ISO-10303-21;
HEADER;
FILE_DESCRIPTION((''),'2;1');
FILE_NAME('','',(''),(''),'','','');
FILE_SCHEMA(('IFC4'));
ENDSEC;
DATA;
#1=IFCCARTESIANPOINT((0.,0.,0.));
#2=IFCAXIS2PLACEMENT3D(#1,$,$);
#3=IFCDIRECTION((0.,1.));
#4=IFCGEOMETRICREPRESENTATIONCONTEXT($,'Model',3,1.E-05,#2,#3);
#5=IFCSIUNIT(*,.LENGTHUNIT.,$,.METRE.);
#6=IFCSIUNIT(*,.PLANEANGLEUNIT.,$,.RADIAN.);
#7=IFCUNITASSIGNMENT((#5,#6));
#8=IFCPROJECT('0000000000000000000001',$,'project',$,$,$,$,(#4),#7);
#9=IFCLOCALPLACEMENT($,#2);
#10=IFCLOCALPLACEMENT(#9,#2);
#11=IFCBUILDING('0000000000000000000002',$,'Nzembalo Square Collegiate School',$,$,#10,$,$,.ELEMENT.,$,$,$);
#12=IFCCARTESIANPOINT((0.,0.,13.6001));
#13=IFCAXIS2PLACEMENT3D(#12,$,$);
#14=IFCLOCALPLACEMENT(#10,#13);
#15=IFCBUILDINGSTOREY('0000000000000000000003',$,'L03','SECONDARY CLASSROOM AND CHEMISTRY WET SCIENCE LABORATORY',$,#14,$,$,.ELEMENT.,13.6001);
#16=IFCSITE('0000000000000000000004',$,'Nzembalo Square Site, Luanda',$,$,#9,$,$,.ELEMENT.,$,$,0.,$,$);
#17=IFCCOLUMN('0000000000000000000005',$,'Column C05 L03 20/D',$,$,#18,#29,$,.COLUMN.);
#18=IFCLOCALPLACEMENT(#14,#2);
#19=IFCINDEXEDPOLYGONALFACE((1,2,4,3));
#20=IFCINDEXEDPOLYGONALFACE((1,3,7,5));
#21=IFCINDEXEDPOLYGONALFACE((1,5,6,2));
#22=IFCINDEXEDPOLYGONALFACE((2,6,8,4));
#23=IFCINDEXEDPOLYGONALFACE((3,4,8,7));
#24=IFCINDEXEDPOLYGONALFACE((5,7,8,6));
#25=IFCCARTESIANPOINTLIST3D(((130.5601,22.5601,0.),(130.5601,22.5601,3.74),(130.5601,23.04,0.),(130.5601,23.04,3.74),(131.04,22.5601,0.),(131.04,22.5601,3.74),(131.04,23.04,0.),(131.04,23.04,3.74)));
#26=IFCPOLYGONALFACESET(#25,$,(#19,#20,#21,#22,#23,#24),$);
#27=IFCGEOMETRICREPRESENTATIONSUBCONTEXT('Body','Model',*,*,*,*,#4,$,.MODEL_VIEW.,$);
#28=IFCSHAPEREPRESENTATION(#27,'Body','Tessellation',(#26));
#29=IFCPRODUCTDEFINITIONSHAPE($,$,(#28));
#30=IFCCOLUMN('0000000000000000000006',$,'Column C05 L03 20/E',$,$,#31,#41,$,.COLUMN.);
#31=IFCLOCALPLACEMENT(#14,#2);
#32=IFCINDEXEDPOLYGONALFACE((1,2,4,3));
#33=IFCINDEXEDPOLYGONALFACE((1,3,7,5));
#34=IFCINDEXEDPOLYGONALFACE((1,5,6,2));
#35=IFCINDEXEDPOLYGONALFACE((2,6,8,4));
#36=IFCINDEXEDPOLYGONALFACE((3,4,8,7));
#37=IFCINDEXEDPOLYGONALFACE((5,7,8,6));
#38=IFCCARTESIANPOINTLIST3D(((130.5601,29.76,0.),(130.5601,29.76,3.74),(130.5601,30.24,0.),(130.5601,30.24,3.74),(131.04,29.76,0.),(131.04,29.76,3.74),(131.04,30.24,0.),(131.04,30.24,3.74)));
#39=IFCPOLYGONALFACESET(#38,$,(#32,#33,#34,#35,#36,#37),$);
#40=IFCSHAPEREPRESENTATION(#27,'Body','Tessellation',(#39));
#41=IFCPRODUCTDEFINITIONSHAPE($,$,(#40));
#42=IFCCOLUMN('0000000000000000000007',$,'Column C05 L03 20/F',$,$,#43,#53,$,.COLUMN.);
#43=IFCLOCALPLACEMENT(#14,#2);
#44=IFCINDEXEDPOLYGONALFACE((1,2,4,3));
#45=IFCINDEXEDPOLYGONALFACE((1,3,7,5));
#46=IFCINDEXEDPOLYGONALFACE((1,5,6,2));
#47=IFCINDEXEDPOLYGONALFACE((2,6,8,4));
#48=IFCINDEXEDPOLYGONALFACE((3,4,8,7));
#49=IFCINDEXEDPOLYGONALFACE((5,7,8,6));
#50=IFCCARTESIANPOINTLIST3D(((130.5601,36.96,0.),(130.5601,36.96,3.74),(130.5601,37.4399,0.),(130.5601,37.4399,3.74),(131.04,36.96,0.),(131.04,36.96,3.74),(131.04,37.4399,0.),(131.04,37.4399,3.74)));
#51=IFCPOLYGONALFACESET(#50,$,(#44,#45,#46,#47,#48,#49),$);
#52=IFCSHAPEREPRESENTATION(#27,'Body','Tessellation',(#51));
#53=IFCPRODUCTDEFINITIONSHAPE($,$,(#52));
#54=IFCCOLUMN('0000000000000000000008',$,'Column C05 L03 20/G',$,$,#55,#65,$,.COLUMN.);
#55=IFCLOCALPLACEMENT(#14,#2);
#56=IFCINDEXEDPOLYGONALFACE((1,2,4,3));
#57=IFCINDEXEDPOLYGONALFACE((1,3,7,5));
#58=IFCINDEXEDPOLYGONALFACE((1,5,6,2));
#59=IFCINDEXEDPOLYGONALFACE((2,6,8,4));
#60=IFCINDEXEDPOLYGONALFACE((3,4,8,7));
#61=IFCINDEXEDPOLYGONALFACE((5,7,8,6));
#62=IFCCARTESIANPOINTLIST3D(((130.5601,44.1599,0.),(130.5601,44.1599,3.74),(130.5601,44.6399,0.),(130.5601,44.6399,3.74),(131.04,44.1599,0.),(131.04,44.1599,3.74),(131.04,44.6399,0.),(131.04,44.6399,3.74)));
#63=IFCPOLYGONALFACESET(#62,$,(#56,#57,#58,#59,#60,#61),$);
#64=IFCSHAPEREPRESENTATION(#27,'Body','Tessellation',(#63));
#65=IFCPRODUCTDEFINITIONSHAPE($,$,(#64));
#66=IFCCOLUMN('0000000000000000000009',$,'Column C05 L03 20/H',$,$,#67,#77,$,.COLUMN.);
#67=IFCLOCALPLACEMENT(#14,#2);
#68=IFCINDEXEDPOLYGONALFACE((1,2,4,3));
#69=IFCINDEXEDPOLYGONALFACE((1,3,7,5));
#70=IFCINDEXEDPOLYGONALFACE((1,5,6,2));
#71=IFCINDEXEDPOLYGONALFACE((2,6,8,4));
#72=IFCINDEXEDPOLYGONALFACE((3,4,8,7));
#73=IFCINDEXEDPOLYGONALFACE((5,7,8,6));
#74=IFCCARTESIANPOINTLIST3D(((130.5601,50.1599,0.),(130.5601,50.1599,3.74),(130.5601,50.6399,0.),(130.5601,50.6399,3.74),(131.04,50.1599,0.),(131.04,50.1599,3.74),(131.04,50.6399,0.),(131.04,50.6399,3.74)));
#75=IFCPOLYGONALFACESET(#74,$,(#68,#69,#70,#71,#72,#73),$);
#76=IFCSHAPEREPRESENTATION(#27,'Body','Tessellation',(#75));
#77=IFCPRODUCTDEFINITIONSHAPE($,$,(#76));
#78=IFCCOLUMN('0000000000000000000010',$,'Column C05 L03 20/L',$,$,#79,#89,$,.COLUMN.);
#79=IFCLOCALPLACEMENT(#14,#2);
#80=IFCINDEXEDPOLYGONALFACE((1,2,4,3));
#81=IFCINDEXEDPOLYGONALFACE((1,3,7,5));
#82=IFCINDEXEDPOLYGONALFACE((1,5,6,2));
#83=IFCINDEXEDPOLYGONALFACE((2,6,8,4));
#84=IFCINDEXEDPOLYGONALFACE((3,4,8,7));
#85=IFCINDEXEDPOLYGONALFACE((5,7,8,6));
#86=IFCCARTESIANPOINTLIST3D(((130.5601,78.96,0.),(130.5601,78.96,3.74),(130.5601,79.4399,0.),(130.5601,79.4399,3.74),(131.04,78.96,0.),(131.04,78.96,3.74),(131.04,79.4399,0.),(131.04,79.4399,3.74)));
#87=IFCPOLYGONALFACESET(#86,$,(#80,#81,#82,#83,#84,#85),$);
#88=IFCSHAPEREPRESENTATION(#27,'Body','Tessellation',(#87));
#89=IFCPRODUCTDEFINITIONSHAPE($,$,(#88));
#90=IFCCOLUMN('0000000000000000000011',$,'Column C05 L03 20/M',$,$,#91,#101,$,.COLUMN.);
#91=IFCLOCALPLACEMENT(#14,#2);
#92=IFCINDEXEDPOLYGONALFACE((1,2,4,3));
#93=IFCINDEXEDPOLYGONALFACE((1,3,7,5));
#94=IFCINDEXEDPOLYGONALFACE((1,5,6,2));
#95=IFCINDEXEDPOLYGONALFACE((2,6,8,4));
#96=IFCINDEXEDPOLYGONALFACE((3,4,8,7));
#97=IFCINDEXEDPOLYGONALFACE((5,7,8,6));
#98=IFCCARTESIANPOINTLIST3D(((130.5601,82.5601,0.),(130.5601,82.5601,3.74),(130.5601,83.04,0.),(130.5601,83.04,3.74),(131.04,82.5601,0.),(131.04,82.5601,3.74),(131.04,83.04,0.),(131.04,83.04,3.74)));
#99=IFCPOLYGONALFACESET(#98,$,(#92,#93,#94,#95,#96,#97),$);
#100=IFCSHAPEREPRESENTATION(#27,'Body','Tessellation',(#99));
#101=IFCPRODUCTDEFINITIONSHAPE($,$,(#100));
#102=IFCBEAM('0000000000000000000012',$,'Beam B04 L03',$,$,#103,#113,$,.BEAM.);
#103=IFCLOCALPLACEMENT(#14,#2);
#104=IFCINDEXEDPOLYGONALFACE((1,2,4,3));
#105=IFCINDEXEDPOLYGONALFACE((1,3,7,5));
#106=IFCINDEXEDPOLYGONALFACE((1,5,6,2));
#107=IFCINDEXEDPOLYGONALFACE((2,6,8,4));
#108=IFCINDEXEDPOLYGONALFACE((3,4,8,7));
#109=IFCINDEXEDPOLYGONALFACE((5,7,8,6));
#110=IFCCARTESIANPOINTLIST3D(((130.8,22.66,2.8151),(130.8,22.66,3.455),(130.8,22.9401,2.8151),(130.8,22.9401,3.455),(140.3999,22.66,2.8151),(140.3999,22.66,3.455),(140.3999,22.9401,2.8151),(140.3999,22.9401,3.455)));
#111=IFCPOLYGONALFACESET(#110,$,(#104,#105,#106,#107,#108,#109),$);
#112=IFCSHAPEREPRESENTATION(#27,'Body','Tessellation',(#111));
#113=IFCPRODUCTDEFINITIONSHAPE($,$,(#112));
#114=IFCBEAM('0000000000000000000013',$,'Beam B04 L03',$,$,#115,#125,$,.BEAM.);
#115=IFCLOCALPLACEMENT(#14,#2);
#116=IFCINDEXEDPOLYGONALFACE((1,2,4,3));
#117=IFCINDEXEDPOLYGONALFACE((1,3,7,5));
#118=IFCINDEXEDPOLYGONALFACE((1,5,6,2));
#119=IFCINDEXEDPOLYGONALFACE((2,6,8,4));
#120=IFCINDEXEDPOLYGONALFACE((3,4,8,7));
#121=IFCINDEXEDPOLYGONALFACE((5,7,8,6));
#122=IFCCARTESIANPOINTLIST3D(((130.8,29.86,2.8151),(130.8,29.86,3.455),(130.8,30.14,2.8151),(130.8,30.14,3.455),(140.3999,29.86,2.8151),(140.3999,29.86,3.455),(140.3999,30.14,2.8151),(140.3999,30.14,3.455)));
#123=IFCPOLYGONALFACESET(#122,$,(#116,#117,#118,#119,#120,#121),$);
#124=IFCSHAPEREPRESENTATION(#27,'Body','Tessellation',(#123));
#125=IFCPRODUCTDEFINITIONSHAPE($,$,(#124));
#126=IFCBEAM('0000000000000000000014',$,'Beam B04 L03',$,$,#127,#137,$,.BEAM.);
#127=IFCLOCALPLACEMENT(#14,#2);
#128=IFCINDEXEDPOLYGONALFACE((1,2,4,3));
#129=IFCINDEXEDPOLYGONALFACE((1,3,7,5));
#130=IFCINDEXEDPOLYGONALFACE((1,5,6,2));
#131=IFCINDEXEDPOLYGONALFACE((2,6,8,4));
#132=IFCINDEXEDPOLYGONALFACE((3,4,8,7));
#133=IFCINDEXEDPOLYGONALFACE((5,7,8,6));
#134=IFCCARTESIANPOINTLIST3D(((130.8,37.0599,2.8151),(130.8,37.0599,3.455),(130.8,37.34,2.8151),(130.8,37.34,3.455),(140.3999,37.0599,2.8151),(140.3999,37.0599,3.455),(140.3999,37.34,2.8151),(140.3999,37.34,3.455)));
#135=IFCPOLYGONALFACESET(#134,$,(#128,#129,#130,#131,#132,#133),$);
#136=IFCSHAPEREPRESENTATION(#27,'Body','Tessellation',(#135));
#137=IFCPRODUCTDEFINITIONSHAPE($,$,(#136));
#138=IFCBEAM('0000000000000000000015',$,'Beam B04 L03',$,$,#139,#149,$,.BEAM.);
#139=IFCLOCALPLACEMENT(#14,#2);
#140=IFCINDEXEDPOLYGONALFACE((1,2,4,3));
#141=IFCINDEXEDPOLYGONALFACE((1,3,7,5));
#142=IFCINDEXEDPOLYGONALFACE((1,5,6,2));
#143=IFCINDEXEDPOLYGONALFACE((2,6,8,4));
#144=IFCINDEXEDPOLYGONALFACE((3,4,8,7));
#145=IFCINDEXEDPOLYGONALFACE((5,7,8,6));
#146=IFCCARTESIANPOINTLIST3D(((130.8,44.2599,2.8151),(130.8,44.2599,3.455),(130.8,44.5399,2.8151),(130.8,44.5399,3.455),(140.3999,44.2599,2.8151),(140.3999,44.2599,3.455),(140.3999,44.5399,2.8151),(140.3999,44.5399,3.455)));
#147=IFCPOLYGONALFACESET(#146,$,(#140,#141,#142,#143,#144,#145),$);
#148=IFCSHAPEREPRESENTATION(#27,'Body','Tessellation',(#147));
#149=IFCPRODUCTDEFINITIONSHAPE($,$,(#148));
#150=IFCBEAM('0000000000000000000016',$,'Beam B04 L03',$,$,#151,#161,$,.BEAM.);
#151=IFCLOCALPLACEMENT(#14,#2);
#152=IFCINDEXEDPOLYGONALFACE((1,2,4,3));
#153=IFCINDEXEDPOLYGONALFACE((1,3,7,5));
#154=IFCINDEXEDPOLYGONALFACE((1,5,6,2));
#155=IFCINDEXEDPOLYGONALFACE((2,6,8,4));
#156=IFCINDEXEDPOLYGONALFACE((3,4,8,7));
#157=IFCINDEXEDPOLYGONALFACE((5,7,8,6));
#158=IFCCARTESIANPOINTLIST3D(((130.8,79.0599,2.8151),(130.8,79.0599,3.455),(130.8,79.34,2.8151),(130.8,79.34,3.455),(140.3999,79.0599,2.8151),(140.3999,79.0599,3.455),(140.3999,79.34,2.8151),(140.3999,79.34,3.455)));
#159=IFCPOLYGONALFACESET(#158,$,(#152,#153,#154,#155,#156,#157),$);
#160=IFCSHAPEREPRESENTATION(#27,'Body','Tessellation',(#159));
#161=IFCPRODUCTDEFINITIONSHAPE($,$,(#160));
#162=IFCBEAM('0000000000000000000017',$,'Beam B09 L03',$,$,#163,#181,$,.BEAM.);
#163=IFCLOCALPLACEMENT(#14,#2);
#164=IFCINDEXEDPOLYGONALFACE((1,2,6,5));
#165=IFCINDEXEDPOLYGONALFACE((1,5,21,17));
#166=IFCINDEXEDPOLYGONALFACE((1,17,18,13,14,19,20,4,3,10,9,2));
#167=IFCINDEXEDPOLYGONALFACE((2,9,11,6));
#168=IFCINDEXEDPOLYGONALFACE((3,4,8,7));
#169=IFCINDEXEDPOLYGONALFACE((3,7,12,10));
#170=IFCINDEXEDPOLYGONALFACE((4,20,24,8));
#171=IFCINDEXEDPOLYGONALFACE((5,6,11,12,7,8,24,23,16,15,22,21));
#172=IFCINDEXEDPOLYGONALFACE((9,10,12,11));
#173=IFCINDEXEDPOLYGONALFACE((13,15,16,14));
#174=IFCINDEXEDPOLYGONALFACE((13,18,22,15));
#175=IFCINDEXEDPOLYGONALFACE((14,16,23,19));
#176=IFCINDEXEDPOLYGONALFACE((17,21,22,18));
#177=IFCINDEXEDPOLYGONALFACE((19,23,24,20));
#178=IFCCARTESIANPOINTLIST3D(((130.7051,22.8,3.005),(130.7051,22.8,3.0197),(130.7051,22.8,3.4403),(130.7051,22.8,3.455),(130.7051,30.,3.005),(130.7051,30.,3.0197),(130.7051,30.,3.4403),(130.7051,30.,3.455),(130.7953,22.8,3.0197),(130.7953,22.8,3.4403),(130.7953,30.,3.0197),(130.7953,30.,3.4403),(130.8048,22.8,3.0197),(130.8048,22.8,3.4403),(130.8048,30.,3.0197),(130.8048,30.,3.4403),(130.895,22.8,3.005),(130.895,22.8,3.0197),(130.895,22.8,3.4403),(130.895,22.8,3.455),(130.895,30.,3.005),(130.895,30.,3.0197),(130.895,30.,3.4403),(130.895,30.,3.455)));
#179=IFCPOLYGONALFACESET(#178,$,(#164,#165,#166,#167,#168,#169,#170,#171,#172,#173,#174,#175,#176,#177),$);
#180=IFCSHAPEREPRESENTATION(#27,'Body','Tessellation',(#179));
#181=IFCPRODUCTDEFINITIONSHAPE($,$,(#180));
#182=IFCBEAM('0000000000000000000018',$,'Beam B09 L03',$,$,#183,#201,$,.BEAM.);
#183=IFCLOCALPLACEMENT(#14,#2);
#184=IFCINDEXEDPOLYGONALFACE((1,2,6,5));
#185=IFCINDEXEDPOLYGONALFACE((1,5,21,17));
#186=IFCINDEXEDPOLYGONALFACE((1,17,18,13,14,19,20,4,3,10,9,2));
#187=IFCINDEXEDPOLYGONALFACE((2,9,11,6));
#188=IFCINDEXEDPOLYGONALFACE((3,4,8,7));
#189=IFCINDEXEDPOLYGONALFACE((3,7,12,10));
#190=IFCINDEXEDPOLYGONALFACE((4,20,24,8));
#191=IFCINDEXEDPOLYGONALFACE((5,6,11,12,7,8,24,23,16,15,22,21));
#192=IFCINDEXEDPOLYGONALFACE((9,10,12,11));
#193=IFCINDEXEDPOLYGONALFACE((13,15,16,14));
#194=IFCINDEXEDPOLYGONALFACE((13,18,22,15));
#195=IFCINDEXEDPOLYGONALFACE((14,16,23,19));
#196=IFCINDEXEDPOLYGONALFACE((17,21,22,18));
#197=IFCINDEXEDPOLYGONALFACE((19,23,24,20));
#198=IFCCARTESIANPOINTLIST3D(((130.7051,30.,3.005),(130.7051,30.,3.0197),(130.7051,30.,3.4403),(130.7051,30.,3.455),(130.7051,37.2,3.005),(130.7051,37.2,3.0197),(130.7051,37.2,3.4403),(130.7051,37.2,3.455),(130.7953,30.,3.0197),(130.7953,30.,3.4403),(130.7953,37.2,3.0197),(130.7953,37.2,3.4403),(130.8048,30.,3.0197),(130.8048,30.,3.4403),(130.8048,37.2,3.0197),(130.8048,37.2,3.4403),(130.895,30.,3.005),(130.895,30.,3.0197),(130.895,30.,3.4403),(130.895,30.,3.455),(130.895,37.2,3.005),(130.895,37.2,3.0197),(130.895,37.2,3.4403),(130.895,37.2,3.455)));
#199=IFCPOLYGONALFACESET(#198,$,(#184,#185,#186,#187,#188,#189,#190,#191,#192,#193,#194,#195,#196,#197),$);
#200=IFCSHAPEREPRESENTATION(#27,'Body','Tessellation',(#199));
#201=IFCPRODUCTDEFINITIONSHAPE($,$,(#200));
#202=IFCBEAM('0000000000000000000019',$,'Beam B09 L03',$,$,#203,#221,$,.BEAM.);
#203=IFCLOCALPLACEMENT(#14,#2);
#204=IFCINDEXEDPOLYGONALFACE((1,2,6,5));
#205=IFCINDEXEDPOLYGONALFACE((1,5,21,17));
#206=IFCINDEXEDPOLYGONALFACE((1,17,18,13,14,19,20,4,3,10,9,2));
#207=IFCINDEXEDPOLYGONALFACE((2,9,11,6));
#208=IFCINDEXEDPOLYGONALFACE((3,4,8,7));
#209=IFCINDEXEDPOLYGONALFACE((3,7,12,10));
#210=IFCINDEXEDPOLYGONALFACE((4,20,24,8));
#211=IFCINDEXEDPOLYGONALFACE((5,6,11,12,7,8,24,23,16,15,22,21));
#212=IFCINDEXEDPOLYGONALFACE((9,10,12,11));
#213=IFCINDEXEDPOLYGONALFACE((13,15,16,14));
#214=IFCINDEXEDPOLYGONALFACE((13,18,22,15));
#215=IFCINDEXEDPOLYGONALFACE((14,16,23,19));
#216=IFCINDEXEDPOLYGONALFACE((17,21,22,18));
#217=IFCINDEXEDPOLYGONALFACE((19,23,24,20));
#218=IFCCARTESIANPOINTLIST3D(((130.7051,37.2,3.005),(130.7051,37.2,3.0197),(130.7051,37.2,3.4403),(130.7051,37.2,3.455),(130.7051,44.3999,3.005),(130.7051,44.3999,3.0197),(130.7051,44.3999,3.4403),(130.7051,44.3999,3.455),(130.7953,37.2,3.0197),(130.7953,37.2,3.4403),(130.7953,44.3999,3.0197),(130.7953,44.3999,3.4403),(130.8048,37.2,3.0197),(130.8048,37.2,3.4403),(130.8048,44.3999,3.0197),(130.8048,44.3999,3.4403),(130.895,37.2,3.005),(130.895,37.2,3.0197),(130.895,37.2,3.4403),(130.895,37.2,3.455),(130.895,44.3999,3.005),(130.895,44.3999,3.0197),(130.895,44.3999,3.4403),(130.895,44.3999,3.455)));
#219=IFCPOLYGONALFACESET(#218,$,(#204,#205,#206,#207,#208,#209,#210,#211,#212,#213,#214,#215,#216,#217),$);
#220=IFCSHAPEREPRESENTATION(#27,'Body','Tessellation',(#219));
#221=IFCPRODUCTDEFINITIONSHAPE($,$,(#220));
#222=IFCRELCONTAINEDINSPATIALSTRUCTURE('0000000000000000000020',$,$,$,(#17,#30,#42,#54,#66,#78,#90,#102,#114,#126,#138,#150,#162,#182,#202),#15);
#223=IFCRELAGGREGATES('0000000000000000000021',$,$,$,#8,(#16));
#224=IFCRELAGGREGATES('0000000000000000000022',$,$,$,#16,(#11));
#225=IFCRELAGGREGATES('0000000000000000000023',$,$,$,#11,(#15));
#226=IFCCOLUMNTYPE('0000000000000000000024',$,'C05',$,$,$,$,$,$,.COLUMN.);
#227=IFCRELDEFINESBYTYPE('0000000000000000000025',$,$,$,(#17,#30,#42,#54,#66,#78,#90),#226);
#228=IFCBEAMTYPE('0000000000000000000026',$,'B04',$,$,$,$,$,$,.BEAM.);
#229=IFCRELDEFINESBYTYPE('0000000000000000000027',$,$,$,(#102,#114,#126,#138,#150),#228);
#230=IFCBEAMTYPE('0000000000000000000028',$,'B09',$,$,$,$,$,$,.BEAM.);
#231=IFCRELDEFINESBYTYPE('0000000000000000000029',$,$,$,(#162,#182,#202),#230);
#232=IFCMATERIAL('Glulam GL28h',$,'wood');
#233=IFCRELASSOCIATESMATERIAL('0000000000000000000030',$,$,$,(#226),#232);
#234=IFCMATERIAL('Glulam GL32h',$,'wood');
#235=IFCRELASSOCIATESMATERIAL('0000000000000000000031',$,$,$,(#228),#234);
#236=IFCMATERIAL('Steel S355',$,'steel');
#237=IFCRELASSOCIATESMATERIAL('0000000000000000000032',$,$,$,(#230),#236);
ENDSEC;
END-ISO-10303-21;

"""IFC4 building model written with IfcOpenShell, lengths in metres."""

from ifc_helpers import new_model, si_unit, direction, frame, origin, origin_2d, place, context, subcontext, project, spatial, rectangle, i_section, extrude, material, material_profile, profile_set, type_object, element, save


model = new_model("IFC4")

# Units and contexts
model_context = context("Model", 3, precision=1e-05, world=origin(), true_north=direction((0.0, 1.0)))
body_context = subcontext(model_context, "Body", "Model", "MODEL_VIEW")
ifc_project = project(units=[si_unit("LENGTHUNIT", "METRE"), si_unit("PLANEANGLEUNIT", "RADIAN")], contexts=[model_context])

# Site, building, storey
site_placement = place(None, origin())
site = spatial("IfcSite", under=ifc_project, at=site_placement, Name="Nzembalo Square Site, Luanda", CompositionType="ELEMENT", RefElevation=0.0)
building_placement = place(site_placement, origin())
building = spatial("IfcBuilding", under=site, at=building_placement, Name="Nzembalo Square Collegiate School", CompositionType="ELEMENT")
storey_placement = place(building_placement, frame((0.0, 0.0, 13.6001)))
storey = spatial("IfcBuildingStorey", under=building, at=storey_placement, Name="L03", Description="SECONDARY CLASSROOM AND CHEMISTRY WET SCIENCE LABORATORY", CompositionType="ELEMENT", Elevation=13.6001)

# Columns
ifc_material_1 = material(Name="Glulam GL28h", Category="wood")
ifc_material_profile_1 = material_profile(ifc_material_1, rectangle(XDim=0.48, YDim=0.48, at=origin_2d()), Name="GL28h 480x480")
ifc_profile_set_1 = profile_set([ifc_material_profile_1], Name="Glulam GL28h")
column_type = type_object("IfcColumnType", Name="C05", PredefinedType="COLUMN", material=ifc_profile_set_1)
for number, where, z_axis, x_axis, name in (
    (1, (130.8, 22.8, 0.0), (0.0, 0.0, 1.0), (1.0, 0.0, 0.0), "Column C05 L03 20/D"),
    (2, (130.8, 30.0, 0.0), (0.0, 0.0, 1.0), (1.0, 0.0, 0.0), "Column C05 L03 20/E"),
    (3, (130.8, 37.2, 0.0), (0.0, 0.0, 1.0), (1.0, 0.0, 0.0), "Column C05 L03 20/F"),
    (4, (130.8, 44.3999, 0.0), (0.0, 0.0, 1.0), (1.0, 0.0, 0.0), "Column C05 L03 20/G"),
    (5, (130.8, 50.3999, 0.0), (0.0, 0.0, 1.0), (1.0, 0.0, 0.0), "Column C05 L03 20/H"),
    (6, (130.8, 79.2, 0.0), (0.0, 0.0, 1.0), (1.0, 0.0, 0.0), "Column C05 L03 20/L"),
    (7, (130.8, 82.8, 0.0), (0.0, 0.0, 1.0), (1.0, 0.0, 0.0), "Column C05 L03 20/M"),
):
    element("IfcColumn", number, at=place(storey_placement, frame(where, z_axis=z_axis, x_axis=x_axis)), inside=storey, type_object=column_type, Name=name, PredefinedType="COLUMN", context=body_context, shape_type="SweptSolid", body=[
        extrude(rectangle(XDim=0.48, YDim=0.48, at=origin_2d()), origin(), (0.0, 0.0, 1.0), 3.74),
    ])

# Beams
ifc_material_2 = material(Name="Glulam GL32h", Category="wood")
ifc_material_profile_2 = material_profile(ifc_material_2, rectangle(XDim=0.28, YDim=0.6399, at=origin_2d()), Name="GL32h 280x640")
ifc_profile_set_2 = profile_set([ifc_material_profile_2], Name="Glulam GL32h")
beam_type_1 = type_object("IfcBeamType", Name="B04", PredefinedType="BEAM", material=ifc_profile_set_2)
for number, where, z_axis, x_axis, name in (
    (8, (130.8, 22.8, 3.135), (1.0, 0.0, 0.0), (0.0, 1.0, 0.0), "Beam B04 L03"),
    (9, (130.8, 30.0, 3.135), (1.0, 0.0, 0.0), (0.0, 1.0, 0.0), "Beam B04 L03"),
    (10, (130.8, 37.2, 3.135), (1.0, 0.0, 0.0), (0.0, 1.0, 0.0), "Beam B04 L03"),
    (11, (130.8, 44.3999, 3.135), (1.0, 0.0, 0.0), (0.0, 1.0, 0.0), "Beam B04 L03"),
    (12, (130.8, 79.2, 3.135), (1.0, 0.0, 0.0), (0.0, 1.0, 0.0), "Beam B04 L03"),
):
    element("IfcBeam", number, at=place(storey_placement, frame(where, z_axis=z_axis, x_axis=x_axis)), inside=storey, type_object=beam_type_1, Name=name, PredefinedType="BEAM", context=body_context, shape_type="SweptSolid", body=[
        extrude(rectangle(XDim=0.28, YDim=0.6399, at=origin_2d()), origin(), (0.0, 0.0, 1.0), 9.5999),
    ])
ifc_material_3 = material(Name="Steel S355", Category="steel")
ifc_material_profile_3 = material_profile(ifc_material_3, i_section(OverallWidth=0.1899, OverallDepth=0.45, WebThickness=0.0095, FlangeThickness=0.0146, at=origin_2d()), Name="IPE 450")
ifc_profile_set_3 = profile_set([ifc_material_profile_3], Name="Steel S355")
beam_type_2 = type_object("IfcBeamType", Name="B09", PredefinedType="BEAM", material=ifc_profile_set_3)
for number, where, z_axis, x_axis, name in (
    (13, (130.8, 22.8, 3.23), (0.0, 1.0, 0.0), (-1.0, 0.0, 0.0), "Beam B09 L03"),
    (14, (130.8, 30.0, 3.23), (0.0, 1.0, 0.0), (-1.0, 0.0, 0.0), "Beam B09 L03"),
    (15, (130.8, 37.2, 3.23), (0.0, 1.0, 0.0), (-1.0, 0.0, 0.0), "Beam B09 L03"),
):
    element("IfcBeam", number, at=place(storey_placement, frame(where, z_axis=z_axis, x_axis=x_axis)), inside=storey, type_object=beam_type_2, Name=name, PredefinedType="BEAM", context=body_context, shape_type="SweptSolid", body=[
        extrude(i_section(OverallWidth=0.1899, OverallDepth=0.45, WebThickness=0.0095, FlangeThickness=0.0146, at=origin_2d()), origin(), (0.0, 0.0, 1.0), 7.2),
    ])

save(model, "model.ifc")
